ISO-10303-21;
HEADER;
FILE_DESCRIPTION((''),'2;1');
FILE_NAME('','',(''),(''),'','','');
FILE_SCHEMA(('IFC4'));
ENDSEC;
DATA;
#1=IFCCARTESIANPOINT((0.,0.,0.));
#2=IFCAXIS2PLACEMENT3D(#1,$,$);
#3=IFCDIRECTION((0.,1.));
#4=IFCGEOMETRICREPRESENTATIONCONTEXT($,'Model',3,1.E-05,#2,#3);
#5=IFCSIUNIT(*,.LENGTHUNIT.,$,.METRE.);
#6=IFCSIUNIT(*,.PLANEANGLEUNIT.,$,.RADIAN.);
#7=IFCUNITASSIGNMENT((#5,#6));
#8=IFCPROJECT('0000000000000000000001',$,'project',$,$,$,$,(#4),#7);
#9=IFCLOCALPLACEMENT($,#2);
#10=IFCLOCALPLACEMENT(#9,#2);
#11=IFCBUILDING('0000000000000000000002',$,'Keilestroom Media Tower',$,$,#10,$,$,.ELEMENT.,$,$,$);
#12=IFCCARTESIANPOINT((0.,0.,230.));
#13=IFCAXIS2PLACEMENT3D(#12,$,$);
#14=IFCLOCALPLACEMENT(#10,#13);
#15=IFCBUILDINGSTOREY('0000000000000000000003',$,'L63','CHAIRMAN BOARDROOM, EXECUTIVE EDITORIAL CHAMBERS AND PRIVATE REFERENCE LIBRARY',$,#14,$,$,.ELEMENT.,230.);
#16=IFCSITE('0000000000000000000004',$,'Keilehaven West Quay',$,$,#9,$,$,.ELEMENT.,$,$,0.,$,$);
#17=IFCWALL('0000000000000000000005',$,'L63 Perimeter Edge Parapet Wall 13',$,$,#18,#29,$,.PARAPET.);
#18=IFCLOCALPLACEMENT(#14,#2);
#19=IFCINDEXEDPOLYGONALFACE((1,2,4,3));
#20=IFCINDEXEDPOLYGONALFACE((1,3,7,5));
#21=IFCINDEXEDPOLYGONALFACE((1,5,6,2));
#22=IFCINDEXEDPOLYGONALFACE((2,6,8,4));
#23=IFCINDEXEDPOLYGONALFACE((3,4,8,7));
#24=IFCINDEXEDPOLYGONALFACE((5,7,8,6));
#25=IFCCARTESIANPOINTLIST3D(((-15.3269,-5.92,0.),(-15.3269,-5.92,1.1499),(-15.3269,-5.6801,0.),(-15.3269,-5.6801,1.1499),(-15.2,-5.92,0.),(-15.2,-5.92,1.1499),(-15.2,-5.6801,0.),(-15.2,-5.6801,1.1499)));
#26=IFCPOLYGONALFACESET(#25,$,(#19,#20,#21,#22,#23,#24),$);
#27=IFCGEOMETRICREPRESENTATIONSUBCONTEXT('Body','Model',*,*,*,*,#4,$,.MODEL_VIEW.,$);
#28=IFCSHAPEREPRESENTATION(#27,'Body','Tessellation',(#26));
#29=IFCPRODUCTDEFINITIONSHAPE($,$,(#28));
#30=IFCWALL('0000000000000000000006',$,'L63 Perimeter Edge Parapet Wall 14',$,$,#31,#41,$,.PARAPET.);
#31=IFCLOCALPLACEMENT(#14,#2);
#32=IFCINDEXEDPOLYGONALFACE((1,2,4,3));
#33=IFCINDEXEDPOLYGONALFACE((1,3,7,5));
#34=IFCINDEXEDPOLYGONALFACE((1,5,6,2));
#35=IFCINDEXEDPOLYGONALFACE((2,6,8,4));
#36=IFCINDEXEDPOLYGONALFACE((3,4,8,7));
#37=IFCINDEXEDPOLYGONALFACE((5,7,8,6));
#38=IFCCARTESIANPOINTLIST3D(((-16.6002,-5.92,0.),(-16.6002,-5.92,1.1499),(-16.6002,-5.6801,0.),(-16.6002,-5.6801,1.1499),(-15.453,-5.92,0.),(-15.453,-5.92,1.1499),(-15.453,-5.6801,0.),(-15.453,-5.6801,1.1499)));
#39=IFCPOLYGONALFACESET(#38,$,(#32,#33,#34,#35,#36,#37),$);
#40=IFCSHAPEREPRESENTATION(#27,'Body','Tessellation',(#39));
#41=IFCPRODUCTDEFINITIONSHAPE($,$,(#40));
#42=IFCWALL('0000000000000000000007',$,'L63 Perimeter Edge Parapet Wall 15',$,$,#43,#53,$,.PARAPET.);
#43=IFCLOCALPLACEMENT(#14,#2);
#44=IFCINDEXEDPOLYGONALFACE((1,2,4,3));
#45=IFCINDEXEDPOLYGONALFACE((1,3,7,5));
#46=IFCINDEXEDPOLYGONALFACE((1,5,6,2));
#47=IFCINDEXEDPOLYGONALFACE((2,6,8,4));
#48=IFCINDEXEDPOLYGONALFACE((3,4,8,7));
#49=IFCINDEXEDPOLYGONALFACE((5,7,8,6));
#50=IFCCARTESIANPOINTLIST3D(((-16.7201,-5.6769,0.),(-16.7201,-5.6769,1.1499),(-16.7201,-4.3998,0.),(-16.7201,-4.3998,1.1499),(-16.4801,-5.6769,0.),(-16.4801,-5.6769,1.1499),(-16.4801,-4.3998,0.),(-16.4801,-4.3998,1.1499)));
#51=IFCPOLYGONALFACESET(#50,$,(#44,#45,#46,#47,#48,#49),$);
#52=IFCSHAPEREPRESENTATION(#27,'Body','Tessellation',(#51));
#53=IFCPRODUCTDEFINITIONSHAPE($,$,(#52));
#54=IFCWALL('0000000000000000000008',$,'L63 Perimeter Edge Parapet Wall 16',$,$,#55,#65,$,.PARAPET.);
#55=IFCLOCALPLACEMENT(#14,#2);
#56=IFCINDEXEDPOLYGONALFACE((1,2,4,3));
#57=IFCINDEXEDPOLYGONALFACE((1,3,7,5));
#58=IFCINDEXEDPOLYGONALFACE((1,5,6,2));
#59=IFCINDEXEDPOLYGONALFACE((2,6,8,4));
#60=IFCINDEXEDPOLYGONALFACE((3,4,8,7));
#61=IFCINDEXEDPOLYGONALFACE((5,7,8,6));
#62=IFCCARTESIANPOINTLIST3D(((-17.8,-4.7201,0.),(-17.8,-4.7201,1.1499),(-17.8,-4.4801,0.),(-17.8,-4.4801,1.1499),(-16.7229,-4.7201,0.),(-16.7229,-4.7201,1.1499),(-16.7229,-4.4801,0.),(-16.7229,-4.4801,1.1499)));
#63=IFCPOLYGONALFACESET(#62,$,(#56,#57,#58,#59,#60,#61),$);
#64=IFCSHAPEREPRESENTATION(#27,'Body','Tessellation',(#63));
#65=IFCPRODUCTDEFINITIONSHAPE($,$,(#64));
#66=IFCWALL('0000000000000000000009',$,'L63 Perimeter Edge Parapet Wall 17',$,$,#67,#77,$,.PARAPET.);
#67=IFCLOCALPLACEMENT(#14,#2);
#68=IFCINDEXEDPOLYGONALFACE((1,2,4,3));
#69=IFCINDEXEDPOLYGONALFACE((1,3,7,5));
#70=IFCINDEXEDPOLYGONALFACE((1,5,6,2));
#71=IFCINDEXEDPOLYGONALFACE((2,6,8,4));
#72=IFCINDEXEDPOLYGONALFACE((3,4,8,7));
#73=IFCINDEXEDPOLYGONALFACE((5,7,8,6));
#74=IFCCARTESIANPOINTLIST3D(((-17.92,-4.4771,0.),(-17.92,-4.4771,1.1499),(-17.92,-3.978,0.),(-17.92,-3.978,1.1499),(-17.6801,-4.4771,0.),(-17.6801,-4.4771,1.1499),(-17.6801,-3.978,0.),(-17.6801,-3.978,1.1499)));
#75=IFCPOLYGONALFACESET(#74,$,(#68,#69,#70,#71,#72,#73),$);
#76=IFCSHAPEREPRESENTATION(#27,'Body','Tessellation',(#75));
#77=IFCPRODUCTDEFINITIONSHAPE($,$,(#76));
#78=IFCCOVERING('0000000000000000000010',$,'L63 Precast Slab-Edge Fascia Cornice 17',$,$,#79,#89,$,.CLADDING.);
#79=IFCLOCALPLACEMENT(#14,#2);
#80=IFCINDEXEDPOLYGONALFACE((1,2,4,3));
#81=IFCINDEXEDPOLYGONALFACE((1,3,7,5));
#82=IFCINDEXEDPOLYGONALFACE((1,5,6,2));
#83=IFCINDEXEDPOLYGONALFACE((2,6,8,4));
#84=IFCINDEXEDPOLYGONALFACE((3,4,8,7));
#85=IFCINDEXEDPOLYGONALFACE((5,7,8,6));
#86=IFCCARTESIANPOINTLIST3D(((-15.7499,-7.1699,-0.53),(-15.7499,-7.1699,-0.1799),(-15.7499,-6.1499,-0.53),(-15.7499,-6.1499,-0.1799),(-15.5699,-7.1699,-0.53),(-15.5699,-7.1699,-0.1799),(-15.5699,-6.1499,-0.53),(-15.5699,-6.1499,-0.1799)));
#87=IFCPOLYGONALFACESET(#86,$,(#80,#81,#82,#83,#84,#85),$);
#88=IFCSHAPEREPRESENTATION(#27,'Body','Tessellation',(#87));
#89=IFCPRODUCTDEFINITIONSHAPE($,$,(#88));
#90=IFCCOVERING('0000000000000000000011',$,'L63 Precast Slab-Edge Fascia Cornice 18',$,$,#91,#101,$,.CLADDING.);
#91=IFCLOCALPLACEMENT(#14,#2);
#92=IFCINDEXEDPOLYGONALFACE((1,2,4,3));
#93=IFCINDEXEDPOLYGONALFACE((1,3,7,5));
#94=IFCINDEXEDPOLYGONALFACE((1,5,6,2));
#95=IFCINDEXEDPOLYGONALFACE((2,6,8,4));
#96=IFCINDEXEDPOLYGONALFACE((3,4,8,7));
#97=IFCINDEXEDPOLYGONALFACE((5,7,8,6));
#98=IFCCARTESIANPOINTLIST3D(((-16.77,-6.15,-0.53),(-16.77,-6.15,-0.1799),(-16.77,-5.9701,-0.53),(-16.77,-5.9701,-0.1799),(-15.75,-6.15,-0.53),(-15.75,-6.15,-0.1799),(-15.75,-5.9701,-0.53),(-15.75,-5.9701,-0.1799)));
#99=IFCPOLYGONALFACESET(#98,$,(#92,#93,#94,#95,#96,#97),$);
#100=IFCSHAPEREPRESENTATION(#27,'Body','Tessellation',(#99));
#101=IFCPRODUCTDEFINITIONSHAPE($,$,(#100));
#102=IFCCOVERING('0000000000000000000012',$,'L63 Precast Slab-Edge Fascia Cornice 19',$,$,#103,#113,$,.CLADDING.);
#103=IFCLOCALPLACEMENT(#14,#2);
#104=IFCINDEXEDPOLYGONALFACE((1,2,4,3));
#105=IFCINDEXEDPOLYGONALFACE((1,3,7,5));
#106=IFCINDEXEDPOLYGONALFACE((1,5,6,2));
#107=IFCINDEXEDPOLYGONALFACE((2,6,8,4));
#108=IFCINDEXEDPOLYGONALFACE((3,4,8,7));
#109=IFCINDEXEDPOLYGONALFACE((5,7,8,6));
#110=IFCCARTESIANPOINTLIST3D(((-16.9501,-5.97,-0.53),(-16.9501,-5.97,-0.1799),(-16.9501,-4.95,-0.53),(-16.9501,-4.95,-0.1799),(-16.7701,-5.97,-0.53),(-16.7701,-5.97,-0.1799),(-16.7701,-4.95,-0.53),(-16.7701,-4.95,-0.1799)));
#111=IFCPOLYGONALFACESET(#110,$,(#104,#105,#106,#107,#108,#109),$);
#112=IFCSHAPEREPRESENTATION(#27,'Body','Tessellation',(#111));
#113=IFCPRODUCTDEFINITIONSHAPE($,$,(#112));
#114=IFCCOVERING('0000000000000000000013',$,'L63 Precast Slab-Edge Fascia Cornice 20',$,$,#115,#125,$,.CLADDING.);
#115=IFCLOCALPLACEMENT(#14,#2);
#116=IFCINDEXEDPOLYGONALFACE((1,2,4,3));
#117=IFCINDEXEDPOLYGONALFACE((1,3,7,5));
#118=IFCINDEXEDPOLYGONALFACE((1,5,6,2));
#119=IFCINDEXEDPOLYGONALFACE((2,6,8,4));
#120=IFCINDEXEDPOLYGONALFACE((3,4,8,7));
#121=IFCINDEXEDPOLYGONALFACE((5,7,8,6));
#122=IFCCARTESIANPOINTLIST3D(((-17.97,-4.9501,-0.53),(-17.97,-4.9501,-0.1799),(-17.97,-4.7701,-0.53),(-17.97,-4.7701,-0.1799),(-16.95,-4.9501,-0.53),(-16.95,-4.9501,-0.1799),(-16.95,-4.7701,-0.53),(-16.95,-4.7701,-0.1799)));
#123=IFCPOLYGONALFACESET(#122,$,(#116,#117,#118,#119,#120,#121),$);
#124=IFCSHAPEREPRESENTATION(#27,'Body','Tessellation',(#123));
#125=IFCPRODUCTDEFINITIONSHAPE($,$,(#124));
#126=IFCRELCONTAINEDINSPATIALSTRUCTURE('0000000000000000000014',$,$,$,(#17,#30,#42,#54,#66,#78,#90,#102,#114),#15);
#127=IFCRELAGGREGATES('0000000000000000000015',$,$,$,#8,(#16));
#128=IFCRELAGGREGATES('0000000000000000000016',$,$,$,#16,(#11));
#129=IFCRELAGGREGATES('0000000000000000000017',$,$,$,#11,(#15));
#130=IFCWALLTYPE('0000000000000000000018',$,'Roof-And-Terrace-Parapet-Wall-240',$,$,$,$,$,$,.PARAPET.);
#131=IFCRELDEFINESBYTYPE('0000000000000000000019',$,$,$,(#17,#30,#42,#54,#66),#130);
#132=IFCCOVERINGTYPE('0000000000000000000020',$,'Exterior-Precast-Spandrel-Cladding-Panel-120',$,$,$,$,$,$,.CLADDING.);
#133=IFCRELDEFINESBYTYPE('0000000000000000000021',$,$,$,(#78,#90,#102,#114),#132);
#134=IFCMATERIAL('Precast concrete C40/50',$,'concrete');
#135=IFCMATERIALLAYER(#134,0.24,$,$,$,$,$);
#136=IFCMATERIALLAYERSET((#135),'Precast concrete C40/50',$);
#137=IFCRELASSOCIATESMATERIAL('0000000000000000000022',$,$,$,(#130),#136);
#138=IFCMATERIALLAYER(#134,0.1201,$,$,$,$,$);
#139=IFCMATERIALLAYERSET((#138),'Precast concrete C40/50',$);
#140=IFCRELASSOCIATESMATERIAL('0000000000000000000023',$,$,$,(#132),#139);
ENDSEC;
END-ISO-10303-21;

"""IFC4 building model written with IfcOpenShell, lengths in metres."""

from ifc_helpers import new_model, si_unit, direction, frame, frame_2d, origin, origin_2d, place, context, subcontext, project, spatial, rectangle, extrude, source, transform, mapped, material, layer, layer_set, type_object, element, save


model = new_model("IFC4")

# Units and contexts
model_context = context("Model", 3, precision=1e-05, world=origin(), true_north=direction((0.0, 1.0)))
body_context = subcontext(model_context, "Body", "Model", "MODEL_VIEW")
ifc_project = project(units=[si_unit("LENGTHUNIT", "METRE"), si_unit("PLANEANGLEUNIT", "RADIAN")], contexts=[model_context])

# Site, building, storey
site_placement = place(None, origin())
site = spatial("IfcSite", under=ifc_project, at=site_placement, Name="Keilehaven West Quay", CompositionType="ELEMENT", RefElevation=0.0)
building_placement = place(site_placement, origin())
building = spatial("IfcBuilding", under=site, at=building_placement, Name="Keilestroom Media Tower", CompositionType="ELEMENT")
storey_placement = place(building_placement, frame((0.0, 0.0, 230.0)))
storey = spatial("IfcBuildingStorey", under=building, at=storey_placement, Name="L63", Description="CHAIRMAN BOARDROOM, EXECUTIVE EDITORIAL CHAMBERS AND PRIVATE REFERENCE LIBRARY", CompositionType="ELEMENT", Elevation=230.0)

# Shared definitions
ifc_material_1 = material(Name="Precast concrete C40/50", Category="concrete")

# Walls
ifc_layer_1 = layer(ifc_material_1, 0.24)
ifc_layer_set_1 = layer_set([ifc_layer_1], Name="Precast concrete C40/50")
wall_type = type_object("IfcWallType", Name="Roof-And-Terrace-Parapet-Wall-240", PredefinedType="PARAPET", material=ifc_layer_set_1)
wall_1_placement = place(storey_placement, frame((-15.2, -5.8, 0.0), z_axis=(0.0, 0.0, 1.0), x_axis=(-1.0, 0.0, 0.0)))
element("IfcWall", 1, at=wall_1_placement, inside=storey, type_object=wall_type, Name="L63 Perimeter Edge Parapet Wall 13", PredefinedType="PARAPET", context=body_context, shape_type="SweptSolid", body=[
    extrude(rectangle(XDim=0.127, YDim=0.24, at=frame_2d((0.0635, 0.0))), origin(), (0.0, 0.0, 1.0), 1.1499),
])
wall_2_placement = place(storey_placement, frame((-15.4529, -5.8, 0.0), z_axis=(0.0, 0.0, 1.0), x_axis=(-1.0, 0.0, 0.0)))
element("IfcWall", 2, at=wall_2_placement, inside=storey, type_object=wall_type, Name="L63 Perimeter Edge Parapet Wall 14", PredefinedType="PARAPET", context=body_context, shape_type="SweptSolid", body=[
    extrude(rectangle(XDim=1.1472, YDim=0.24, at=frame_2d((0.5737, 0.0))), origin(), (0.0, 0.0, 1.0), 1.1499),
])
wall_3_placement = place(storey_placement, frame((-16.6001, -5.677, 0.0), z_axis=(0.0, 0.0, 1.0), x_axis=(0.0, 1.0, 0.0)))
element("IfcWall", 3, at=wall_3_placement, inside=storey, type_object=wall_type, Name="L63 Perimeter Edge Parapet Wall 15", PredefinedType="PARAPET", context=body_context, shape_type="SweptSolid", body=[
    extrude(rectangle(XDim=1.2771, YDim=0.24, at=frame_2d((0.6387, 0.0))), origin(), (0.0, 0.0, 1.0), 1.1499),
])
wall_4_placement = place(storey_placement, frame((-16.7229, -4.6001, 0.0), z_axis=(0.0, 0.0, 1.0), x_axis=(-1.0, 0.0, 0.0)))
element("IfcWall", 4, at=wall_4_placement, inside=storey, type_object=wall_type, Name="L63 Perimeter Edge Parapet Wall 16", PredefinedType="PARAPET", context=body_context, shape_type="SweptSolid", body=[
    extrude(rectangle(XDim=1.0771, YDim=0.24, at=frame_2d((0.5386, 0.0))), origin(), (0.0, 0.0, 1.0), 1.1499),
])
wall_5_placement = place(storey_placement, frame((-17.8, -4.4771, 0.0), z_axis=(0.0, 0.0, 1.0), x_axis=(0.0, 1.0, 0.0)))
element("IfcWall", 5, at=wall_5_placement, inside=storey, type_object=wall_type, Name="L63 Perimeter Edge Parapet Wall 17", PredefinedType="PARAPET", context=body_context, shape_type="SweptSolid", body=[
    extrude(rectangle(XDim=0.499, YDim=0.24, at=frame_2d((0.2495, 0.0))), origin(), (0.0, 0.0, 1.0), 1.1499),
])

# Coverings
ifc_layer_2 = layer(ifc_material_1, 0.1201)
ifc_layer_set_2 = layer_set([ifc_layer_2], Name="Precast concrete C40/50")
covering_type = type_object("IfcCoveringType", Name="Exterior-Precast-Spandrel-Cladding-Panel-120", PredefinedType="CLADDING", material=ifc_layer_set_2)
shared_shape_1 = source(origin(), body_context, "Body", "SweptSolid", [
    extrude(rectangle(XDim=1.02, YDim=0.1799, at=origin_2d()), origin(), (0.0, 0.0, 1.0), 0.3501),
])
for number, where, z_axis, x_axis, name in (
    (6, (-15.6599, -6.6599, -0.53), (0.0, 0.0, 1.0), (0.0, 1.0, 0.0), "L63 Precast Slab-Edge Fascia Cornice 17"),
    (7, (-16.26, -6.0601, -0.53), (0.0, 0.0, 1.0), (-1.0, 0.0, 0.0), "L63 Precast Slab-Edge Fascia Cornice 18"),
    (8, (-16.8601, -5.46, -0.53), (0.0, 0.0, 1.0), (0.0, 1.0, 0.0), "L63 Precast Slab-Edge Fascia Cornice 19"),
    (9, (-17.46, -4.8601, -0.53), (0.0, 0.0, 1.0), (-1.0, 0.0, 0.0), "L63 Precast Slab-Edge Fascia Cornice 20"),
):
    element("IfcCovering", number, at=place(storey_placement, frame(where, z_axis=z_axis, x_axis=x_axis)), inside=storey, type_object=covering_type, Name=name, PredefinedType="CLADDING", context=body_context, shape_type="MappedRepresentation", body=[
        mapped(shared_shape_1, transform((0.0, 0.0, 0.0), x_axis=(1.0, 0.0, 0.0), y_axis=(0.0, 1.0, 0.0), z_axis=(0.0, 0.0, 1.0), scale=1.0)),
    ])

save(model, "model.ifc")
